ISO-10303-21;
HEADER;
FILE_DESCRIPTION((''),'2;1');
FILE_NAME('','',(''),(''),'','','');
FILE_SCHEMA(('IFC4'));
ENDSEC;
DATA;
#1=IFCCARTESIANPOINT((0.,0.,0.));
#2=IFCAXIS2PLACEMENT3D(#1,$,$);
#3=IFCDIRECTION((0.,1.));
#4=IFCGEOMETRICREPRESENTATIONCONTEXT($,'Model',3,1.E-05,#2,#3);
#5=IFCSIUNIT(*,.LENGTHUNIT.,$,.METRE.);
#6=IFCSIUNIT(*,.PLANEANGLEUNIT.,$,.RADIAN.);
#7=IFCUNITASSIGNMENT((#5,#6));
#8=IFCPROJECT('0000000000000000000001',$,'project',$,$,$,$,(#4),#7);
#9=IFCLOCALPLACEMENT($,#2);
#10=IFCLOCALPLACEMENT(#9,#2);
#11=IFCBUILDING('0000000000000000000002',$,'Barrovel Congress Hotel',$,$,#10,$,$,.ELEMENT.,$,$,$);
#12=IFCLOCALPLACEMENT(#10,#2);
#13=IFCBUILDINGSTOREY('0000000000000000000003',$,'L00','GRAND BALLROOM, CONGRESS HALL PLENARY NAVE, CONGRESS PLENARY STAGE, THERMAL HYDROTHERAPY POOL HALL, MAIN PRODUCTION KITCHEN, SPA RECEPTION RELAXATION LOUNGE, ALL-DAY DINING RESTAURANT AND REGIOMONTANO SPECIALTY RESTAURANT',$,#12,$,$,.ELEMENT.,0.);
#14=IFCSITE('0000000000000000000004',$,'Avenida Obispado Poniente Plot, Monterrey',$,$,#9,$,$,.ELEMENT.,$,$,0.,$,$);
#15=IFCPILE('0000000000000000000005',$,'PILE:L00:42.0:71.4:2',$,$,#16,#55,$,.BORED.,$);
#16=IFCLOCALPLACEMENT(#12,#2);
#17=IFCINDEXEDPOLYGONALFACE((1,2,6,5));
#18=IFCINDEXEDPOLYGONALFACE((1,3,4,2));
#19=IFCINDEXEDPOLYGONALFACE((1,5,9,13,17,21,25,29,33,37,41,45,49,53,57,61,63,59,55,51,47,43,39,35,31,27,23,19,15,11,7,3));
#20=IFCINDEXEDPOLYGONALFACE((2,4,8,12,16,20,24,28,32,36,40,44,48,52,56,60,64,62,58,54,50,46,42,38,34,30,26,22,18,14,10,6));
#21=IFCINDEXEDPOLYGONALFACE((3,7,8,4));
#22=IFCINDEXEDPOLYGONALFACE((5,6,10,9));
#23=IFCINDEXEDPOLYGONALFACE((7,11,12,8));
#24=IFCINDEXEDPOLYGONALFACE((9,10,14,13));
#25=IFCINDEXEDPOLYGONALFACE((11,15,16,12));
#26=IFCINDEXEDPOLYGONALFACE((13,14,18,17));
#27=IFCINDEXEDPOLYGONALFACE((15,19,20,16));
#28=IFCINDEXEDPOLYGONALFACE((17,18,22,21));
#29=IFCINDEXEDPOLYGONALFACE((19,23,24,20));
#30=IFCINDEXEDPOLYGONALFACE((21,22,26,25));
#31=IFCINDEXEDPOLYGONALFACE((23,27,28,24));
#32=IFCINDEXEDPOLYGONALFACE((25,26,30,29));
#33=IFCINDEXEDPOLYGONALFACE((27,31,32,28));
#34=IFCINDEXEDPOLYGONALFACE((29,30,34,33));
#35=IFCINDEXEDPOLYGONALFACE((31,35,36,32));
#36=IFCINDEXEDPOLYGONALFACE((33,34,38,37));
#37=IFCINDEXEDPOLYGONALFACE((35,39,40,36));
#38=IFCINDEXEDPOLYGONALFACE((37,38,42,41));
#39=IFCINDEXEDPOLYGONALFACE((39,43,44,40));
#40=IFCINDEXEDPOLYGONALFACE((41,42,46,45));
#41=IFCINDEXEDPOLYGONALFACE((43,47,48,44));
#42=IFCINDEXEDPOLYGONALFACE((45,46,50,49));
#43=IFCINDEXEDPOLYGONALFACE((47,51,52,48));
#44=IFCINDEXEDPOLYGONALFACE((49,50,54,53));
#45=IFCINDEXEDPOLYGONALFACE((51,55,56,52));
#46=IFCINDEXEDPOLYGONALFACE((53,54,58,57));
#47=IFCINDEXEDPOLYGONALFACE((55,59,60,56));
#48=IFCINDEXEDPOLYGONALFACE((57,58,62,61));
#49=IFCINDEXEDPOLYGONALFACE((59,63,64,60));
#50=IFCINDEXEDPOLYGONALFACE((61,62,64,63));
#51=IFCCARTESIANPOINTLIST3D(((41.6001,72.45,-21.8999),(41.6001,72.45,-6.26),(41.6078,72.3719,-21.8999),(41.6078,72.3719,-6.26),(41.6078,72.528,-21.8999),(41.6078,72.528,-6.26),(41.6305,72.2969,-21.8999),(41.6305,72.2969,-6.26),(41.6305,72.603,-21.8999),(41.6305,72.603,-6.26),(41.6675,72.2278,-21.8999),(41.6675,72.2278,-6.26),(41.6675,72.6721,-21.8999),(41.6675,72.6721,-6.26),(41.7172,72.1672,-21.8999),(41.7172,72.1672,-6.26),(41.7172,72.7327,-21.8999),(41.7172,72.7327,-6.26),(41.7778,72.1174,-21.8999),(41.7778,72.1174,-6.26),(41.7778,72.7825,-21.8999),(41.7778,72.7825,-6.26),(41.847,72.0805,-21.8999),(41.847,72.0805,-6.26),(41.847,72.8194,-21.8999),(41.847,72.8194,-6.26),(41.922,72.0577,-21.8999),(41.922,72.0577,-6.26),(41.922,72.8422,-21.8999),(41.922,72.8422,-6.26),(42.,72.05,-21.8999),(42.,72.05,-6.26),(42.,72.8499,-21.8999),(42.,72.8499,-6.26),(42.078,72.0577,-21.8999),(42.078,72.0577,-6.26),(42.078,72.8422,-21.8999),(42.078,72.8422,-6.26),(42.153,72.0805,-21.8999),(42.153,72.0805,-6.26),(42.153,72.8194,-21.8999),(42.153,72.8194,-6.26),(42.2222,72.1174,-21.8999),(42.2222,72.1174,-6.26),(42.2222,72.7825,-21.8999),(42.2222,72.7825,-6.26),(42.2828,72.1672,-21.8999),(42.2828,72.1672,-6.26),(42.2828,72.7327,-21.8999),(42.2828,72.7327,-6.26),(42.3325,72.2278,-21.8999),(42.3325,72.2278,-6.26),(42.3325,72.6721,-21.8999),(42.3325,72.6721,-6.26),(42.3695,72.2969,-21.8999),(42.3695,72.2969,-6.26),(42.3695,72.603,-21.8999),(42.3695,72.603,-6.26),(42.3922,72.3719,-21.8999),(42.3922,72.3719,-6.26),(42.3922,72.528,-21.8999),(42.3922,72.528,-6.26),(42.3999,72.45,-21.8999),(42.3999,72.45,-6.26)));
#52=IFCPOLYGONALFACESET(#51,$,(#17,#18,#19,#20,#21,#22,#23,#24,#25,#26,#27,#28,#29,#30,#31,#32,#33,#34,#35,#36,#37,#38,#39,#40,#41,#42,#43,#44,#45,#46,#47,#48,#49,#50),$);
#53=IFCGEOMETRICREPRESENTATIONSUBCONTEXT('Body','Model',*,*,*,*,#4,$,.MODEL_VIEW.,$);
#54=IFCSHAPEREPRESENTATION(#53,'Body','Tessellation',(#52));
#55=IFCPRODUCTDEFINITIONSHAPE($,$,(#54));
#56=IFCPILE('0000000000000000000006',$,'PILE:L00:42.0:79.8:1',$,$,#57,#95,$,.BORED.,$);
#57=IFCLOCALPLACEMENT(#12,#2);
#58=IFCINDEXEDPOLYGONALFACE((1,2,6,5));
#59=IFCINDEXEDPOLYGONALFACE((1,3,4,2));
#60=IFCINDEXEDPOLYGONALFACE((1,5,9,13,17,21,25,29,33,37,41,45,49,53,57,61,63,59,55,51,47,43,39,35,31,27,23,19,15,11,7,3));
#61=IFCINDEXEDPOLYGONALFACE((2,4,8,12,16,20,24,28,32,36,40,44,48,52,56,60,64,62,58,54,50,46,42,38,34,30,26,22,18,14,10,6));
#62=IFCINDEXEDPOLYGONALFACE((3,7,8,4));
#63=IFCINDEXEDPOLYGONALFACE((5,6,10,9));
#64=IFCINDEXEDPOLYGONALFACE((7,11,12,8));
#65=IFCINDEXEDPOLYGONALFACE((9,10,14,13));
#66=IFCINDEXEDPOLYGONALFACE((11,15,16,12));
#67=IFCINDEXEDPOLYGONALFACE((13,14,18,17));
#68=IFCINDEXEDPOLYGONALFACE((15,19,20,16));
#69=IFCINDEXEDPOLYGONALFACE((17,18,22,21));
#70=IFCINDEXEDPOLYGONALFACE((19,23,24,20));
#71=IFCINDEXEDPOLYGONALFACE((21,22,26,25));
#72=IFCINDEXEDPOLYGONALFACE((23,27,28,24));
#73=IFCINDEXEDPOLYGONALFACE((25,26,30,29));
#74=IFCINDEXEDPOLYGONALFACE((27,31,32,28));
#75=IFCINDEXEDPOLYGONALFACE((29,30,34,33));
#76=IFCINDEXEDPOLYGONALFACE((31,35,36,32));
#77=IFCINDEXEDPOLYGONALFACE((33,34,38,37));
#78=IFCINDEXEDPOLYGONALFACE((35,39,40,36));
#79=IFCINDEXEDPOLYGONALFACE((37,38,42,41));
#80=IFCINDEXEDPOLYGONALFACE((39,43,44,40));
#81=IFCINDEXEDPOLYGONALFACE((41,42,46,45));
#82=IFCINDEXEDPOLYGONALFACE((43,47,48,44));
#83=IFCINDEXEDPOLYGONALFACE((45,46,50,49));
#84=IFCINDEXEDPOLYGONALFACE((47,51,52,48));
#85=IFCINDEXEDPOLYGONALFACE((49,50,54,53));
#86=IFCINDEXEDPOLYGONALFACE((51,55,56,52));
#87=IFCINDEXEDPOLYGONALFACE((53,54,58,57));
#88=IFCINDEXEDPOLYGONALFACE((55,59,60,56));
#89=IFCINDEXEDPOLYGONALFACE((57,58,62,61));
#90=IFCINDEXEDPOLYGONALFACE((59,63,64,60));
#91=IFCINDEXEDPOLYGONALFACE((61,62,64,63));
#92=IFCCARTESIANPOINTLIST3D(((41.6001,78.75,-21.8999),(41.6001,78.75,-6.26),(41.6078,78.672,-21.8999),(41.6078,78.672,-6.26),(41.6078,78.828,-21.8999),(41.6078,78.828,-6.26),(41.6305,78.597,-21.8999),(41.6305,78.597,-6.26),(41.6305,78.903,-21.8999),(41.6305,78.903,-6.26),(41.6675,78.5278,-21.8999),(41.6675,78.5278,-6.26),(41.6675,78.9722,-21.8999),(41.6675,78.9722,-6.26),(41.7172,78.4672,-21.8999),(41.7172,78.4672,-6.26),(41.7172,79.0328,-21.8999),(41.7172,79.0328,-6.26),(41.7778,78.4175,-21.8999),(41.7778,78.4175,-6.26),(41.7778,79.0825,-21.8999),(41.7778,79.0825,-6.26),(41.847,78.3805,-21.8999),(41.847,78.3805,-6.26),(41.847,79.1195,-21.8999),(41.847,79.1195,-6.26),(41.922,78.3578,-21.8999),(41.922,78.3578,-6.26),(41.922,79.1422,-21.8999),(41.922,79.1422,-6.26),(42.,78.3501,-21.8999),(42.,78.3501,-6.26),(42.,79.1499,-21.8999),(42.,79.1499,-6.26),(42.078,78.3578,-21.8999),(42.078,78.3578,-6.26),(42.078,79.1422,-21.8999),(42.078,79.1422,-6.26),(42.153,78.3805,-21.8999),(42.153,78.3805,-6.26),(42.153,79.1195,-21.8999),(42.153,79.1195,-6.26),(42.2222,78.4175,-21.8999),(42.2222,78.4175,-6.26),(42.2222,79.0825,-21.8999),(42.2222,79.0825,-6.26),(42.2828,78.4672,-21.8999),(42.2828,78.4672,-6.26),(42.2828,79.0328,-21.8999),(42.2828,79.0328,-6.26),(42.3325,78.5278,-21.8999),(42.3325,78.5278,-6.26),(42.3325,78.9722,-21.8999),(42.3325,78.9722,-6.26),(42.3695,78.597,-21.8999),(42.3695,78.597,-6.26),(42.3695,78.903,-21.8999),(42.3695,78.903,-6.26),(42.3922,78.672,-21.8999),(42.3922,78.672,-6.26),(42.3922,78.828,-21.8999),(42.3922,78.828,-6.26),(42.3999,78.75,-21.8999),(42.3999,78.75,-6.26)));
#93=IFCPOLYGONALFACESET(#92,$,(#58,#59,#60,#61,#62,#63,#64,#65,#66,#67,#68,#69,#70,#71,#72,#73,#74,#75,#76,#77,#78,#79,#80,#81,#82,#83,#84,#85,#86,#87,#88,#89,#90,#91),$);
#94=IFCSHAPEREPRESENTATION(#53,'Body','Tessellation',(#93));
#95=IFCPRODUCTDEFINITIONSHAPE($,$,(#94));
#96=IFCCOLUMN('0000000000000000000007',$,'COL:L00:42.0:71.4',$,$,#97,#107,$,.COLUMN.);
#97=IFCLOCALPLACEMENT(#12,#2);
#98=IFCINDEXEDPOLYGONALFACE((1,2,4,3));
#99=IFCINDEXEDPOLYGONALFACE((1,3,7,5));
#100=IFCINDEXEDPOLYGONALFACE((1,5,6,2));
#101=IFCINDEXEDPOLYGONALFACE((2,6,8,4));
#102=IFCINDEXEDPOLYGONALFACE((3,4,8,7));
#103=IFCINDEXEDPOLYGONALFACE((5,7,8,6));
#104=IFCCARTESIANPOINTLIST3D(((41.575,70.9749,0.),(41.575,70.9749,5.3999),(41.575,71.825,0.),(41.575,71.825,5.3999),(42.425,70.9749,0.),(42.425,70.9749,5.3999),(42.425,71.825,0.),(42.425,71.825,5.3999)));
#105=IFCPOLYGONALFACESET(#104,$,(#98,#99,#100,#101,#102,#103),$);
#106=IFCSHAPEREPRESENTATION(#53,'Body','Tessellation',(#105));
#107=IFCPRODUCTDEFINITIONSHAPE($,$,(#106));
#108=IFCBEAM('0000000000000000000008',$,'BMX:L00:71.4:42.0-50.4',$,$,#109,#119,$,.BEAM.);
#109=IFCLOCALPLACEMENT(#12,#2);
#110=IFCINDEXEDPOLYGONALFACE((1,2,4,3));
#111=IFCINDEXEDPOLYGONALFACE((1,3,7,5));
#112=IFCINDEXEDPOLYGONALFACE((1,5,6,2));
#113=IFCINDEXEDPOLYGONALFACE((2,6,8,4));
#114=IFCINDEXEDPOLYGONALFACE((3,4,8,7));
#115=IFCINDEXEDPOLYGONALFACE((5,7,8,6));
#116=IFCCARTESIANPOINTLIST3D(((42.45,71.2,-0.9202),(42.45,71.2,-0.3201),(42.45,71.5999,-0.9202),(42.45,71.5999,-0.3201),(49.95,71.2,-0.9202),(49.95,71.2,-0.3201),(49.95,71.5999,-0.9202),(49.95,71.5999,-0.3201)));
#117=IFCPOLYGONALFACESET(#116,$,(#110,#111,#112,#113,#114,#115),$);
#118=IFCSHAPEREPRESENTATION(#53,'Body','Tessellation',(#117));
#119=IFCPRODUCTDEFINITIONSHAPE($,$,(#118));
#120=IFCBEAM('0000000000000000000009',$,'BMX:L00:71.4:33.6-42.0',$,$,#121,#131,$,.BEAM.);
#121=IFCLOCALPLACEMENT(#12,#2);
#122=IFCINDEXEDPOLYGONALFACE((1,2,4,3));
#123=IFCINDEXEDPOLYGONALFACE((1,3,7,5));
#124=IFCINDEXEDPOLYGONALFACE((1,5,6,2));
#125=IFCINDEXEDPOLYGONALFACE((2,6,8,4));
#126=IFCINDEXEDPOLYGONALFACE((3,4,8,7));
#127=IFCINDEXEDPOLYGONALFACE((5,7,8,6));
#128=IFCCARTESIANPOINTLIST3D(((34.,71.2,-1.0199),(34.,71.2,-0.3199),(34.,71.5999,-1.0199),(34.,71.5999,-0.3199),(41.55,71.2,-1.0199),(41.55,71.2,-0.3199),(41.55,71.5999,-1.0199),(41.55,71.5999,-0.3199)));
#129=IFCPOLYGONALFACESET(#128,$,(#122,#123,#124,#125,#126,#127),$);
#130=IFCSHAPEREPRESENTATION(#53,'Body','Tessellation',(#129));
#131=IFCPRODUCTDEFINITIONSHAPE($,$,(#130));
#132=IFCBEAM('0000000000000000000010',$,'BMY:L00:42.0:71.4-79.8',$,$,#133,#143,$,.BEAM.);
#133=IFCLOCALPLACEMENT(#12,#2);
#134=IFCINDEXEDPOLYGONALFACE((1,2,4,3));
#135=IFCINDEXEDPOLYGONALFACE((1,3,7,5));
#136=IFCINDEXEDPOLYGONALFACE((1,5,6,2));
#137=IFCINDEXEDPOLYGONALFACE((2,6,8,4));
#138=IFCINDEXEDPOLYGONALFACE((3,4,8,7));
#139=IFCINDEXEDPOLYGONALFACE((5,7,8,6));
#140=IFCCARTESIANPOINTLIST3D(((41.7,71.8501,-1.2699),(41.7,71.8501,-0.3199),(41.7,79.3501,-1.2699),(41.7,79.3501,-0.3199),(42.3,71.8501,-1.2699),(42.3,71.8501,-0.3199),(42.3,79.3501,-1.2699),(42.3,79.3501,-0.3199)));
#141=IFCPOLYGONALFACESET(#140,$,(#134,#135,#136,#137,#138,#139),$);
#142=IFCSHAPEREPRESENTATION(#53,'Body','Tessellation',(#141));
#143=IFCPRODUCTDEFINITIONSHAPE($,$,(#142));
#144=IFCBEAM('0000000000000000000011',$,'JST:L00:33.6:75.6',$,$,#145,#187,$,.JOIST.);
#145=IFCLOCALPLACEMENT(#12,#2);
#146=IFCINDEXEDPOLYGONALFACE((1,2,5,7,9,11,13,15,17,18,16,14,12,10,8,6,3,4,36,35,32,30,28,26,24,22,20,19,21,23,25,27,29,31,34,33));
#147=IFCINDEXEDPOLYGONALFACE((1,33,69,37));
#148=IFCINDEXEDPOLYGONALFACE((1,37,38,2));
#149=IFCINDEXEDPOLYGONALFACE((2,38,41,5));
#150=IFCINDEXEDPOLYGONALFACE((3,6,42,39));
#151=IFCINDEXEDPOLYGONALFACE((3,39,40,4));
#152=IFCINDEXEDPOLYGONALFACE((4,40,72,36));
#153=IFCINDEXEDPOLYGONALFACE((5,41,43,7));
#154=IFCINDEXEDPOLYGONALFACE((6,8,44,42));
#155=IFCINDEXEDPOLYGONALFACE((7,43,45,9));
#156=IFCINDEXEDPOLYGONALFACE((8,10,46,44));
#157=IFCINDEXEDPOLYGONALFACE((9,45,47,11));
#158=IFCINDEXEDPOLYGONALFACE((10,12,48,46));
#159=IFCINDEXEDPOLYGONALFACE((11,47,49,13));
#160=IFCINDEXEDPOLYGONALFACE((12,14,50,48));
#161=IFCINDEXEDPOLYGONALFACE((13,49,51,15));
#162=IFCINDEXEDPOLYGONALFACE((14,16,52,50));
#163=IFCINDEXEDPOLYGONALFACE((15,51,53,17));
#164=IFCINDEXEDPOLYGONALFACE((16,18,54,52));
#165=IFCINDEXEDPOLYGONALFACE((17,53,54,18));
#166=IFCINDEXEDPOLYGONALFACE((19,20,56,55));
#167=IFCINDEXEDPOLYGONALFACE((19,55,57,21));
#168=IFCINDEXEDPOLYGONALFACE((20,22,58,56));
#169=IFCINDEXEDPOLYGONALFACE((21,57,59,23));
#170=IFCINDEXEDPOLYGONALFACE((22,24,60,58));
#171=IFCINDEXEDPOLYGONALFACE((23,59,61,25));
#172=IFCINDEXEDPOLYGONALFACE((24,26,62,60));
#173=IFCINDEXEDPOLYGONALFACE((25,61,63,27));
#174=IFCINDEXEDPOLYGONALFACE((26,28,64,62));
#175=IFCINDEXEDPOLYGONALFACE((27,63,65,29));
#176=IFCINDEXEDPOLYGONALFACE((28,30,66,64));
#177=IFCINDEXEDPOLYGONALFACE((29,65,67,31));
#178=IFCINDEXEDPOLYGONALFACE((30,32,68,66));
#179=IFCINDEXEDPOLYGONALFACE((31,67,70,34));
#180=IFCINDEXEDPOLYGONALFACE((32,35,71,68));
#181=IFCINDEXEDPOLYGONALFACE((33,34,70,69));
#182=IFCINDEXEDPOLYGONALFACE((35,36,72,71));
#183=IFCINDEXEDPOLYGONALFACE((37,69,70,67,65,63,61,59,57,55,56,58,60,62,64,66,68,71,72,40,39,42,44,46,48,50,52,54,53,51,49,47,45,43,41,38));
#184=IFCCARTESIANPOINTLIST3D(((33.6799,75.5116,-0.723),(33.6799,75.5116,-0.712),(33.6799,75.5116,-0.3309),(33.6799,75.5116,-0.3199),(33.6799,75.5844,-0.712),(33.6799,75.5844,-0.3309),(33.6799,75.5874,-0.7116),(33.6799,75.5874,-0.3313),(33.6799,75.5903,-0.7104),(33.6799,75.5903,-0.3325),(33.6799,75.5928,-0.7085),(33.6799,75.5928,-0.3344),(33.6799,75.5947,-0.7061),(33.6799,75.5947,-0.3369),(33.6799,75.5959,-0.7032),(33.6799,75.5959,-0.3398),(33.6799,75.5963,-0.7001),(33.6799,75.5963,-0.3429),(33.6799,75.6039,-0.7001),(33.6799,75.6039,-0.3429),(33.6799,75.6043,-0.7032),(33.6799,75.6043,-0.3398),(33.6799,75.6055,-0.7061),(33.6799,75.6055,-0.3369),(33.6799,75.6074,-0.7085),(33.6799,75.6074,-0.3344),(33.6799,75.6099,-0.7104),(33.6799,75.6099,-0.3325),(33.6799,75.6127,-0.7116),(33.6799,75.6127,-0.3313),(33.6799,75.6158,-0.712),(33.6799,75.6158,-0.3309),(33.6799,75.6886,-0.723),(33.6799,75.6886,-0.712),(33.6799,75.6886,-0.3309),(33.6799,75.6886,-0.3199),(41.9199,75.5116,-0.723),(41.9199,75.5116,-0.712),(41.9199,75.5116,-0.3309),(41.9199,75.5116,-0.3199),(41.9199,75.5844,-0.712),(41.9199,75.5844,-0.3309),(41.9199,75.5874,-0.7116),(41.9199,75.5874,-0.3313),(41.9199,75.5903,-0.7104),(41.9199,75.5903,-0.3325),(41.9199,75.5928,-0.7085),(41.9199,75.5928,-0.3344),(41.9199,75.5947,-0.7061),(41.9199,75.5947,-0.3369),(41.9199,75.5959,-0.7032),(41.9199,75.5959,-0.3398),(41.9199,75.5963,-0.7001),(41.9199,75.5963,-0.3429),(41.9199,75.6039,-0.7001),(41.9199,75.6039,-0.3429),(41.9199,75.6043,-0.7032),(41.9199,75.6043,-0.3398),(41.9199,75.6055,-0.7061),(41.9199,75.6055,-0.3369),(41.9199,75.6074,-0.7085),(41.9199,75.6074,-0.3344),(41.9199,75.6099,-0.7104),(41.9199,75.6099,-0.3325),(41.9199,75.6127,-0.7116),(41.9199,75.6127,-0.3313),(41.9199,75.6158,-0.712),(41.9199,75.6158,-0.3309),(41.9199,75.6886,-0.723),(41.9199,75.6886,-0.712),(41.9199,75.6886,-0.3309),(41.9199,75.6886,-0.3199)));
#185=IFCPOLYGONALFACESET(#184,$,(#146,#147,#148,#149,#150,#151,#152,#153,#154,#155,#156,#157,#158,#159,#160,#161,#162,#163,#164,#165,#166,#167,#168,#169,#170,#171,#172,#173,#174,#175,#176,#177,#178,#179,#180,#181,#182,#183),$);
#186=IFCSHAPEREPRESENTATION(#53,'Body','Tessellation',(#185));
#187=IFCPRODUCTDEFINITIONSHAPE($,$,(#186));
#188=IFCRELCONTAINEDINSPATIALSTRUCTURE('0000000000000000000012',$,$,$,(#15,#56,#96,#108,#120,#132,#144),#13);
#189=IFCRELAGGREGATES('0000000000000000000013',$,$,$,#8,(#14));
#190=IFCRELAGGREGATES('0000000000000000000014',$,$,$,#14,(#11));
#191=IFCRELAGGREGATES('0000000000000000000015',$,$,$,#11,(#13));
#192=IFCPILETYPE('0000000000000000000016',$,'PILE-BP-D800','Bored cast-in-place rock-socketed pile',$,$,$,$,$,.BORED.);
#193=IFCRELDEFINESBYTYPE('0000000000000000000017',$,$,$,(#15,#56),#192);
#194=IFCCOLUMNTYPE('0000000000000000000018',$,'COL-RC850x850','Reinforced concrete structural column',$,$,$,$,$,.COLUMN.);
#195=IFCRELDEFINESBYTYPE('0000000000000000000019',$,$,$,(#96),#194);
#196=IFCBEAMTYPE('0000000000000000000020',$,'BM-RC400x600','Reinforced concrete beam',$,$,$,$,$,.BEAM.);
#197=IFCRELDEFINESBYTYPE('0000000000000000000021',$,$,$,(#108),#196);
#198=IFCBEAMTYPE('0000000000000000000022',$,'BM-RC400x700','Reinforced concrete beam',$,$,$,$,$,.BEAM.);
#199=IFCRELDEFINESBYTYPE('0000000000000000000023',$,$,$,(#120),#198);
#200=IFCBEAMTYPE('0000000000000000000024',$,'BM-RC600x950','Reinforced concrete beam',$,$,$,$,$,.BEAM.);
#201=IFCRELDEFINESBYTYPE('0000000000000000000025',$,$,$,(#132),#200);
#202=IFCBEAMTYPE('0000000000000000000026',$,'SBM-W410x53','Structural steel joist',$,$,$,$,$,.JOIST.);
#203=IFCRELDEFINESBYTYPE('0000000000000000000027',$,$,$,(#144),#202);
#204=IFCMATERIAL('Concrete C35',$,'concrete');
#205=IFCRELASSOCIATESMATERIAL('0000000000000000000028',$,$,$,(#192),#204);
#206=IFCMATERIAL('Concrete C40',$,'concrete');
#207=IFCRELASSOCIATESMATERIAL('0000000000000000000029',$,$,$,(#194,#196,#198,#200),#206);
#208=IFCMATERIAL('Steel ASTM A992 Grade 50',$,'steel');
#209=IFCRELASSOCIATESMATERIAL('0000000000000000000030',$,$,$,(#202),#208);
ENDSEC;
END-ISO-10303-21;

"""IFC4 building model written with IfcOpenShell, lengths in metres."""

from ifc_helpers import new_model, si_unit, direction, frame, origin, origin_2d, place, context, subcontext, project, spatial, rectangle, circle, i_section, extrude, material, material_profile, profile_set, type_object, element, save


model = new_model("IFC4")

# Units and contexts
model_context = context("Model", 3, precision=1e-05, world=origin(), true_north=direction((0.0, 1.0)))
body_context = subcontext(model_context, "Body", "Model", "MODEL_VIEW")
ifc_project = project(units=[si_unit("LENGTHUNIT", "METRE"), si_unit("PLANEANGLEUNIT", "RADIAN")], contexts=[model_context])

# Site, building, storey
site_placement = place(None, origin())
site = spatial("IfcSite", under=ifc_project, at=site_placement, Name="Avenida Obispado Poniente Plot, Monterrey", CompositionType="ELEMENT", RefElevation=0.0)
building_placement = place(site_placement, origin())
building = spatial("IfcBuilding", under=site, at=building_placement, Name="Barrovel Congress Hotel", CompositionType="ELEMENT")
storey_placement = place(building_placement, origin())
storey = spatial("IfcBuildingStorey", under=building, at=storey_placement, Name="L00", Description="GRAND BALLROOM, CONGRESS HALL PLENARY NAVE, CONGRESS PLENARY STAGE, THERMAL HYDROTHERAPY POOL HALL, MAIN PRODUCTION KITCHEN, SPA RECEPTION RELAXATION LOUNGE, ALL-DAY DINING RESTAURANT AND REGIOMONTANO SPECIALTY RESTAURANT", CompositionType="ELEMENT", Elevation=0.0)

# Shared definitions
ifc_material_1 = material(Name="Concrete C40", Category="concrete")

# Piles
ifc_material_2 = material(Name="Concrete C35", Category="concrete")
ifc_material_profile_1 = material_profile(ifc_material_2, circle(Radius=0.3999, at=origin_2d()), Name="BP-D800")
ifc_profile_set_1 = profile_set([ifc_material_profile_1], Name="Concrete C35")
pile_type_1 = type_object("IfcPileType", Name="PILE-BP-D800", Description="Bored cast-in-place rock-socketed pile", PredefinedType="BORED", material=ifc_profile_set_1)
for number, where, z_axis, x_axis, name in (
    (1, (42.0, 72.45, -6.26), (0.0, 0.0, -1.0), (1.0, 0.0, 0.0), "PILE:L00:42.0:71.4:2"),
    (2, (42.0, 78.75, -6.26), (0.0, 0.0, -1.0), (1.0, 0.0, 0.0), "PILE:L00:42.0:79.8:1"),
):
    element("IfcPile", number, at=place(storey_placement, frame(where, z_axis=z_axis, x_axis=x_axis)), inside=storey, type_object=pile_type_1, Name=name, PredefinedType="BORED", context=body_context, shape_type="SweptSolid", body=[
        extrude(circle(Radius=0.3999, at=origin_2d()), origin(), (0.0, 0.0, 1.0), 15.6399),
    ])

# Column
ifc_material_profile_2 = material_profile(ifc_material_1, rectangle(XDim=0.8501, YDim=0.8501, at=origin_2d()), Name="RC850x850")
ifc_profile_set_2 = profile_set([ifc_material_profile_2], Name="Concrete C40")
column_type = type_object("IfcColumnType", Name="COL-RC850x850", Description="Reinforced concrete structural column", PredefinedType="COLUMN", material=ifc_profile_set_2)
column_placement = place(storey_placement, frame((42.0, 71.3999, 0.0), z_axis=(0.0, 0.0, 1.0), x_axis=(1.0, 0.0, 0.0)))
element("IfcColumn", 3, at=column_placement, inside=storey, type_object=column_type, Name="COL:L00:42.0:71.4", PredefinedType="COLUMN", context=body_context, shape_type="SweptSolid", body=[
    extrude(rectangle(XDim=0.8501, YDim=0.8501, at=origin_2d()), origin(), (0.0, 0.0, 1.0), 5.3999),
])

# Beams
ifc_material_profile_3 = material_profile(ifc_material_1, rectangle(XDim=0.3999, YDim=0.6001, at=origin_2d()), Name="RC400x600")
ifc_profile_set_3 = profile_set([ifc_material_profile_3], Name="Concrete C40")
beam_type_1 = type_object("IfcBeamType", Name="BM-RC400x600", Description="Reinforced concrete beam", PredefinedType="BEAM", material=ifc_profile_set_3)
beam_1_placement = place(storey_placement, frame((42.45, 71.3999, -0.6201), z_axis=(1.0, 0.0, 0.0), x_axis=(0.0, 1.0, 0.0)))
element("IfcBeam", 4, at=beam_1_placement, inside=storey, type_object=beam_type_1, Name="BMX:L00:71.4:42.0-50.4", PredefinedType="BEAM", context=body_context, shape_type="SweptSolid", body=[
    extrude(rectangle(XDim=0.3999, YDim=0.6001, at=origin_2d()), origin(), (0.0, 0.0, 1.0), 7.5),
])
ifc_material_profile_4 = material_profile(ifc_material_1, rectangle(XDim=0.3999, YDim=0.7, at=origin_2d()), Name="RC400x700")
ifc_profile_set_4 = profile_set([ifc_material_profile_4], Name="Concrete C40")
beam_type_2 = type_object("IfcBeamType", Name="BM-RC400x700", Description="Reinforced concrete beam", PredefinedType="BEAM", material=ifc_profile_set_4)
beam_2_placement = place(storey_placement, frame((34.0, 71.3999, -0.6699), z_axis=(1.0, 0.0, 0.0), x_axis=(0.0, 1.0, 0.0)))
element("IfcBeam", 5, at=beam_2_placement, inside=storey, type_object=beam_type_2, Name="BMX:L00:71.4:33.6-42.0", PredefinedType="BEAM", context=body_context, shape_type="SweptSolid", body=[
    extrude(rectangle(XDim=0.3999, YDim=0.7, at=origin_2d()), origin(), (0.0, 0.0, 1.0), 7.55),
])
ifc_material_profile_5 = material_profile(ifc_material_1, rectangle(XDim=0.6001, YDim=0.95, at=origin_2d()), Name="RC600x950")
ifc_profile_set_5 = profile_set([ifc_material_profile_5], Name="Concrete C40")
beam_type_3 = type_object("IfcBeamType", Name="BM-RC600x950", Description="Reinforced concrete beam", PredefinedType="BEAM", material=ifc_profile_set_5)
beam_3_placement = place(storey_placement, frame((42.0, 71.8501, -0.7949), z_axis=(0.0, 1.0, 0.0), x_axis=(-1.0, 0.0, 0.0)))
element("IfcBeam", 6, at=beam_3_placement, inside=storey, type_object=beam_type_3, Name="BMY:L00:42.0:71.4-79.8", PredefinedType="BEAM", context=body_context, shape_type="SweptSolid", body=[
    extrude(rectangle(XDim=0.6001, YDim=0.95, at=origin_2d()), origin(), (0.0, 0.0, 1.0), 7.5),
])
ifc_material_3 = material(Name="Steel ASTM A992 Grade 50", Category="steel")
ifc_material_profile_6 = material_profile(ifc_material_3, i_section(OverallWidth=0.177, OverallDepth=0.4031, WebThickness=0.0076, FlangeThickness=0.011, FilletRadius=0.012, at=origin_2d()), Name="W410x53")
ifc_profile_set_6 = profile_set([ifc_material_profile_6], Name="Steel ASTM A992 Grade 50")
beam_type_4 = type_object("IfcBeamType", Name="SBM-W410x53", Description="Structural steel joist", PredefinedType="JOIST", material=ifc_profile_set_6)
for number, where, z_axis, x_axis, name in (
    (7, (33.6799, 75.6001, -0.5215), (1.0, 0.0, 0.0), (0.0, 1.0, 0.0), "JST:L00:33.6:75.6"),
):
    element("IfcBeam", number, at=place(storey_placement, frame(where, z_axis=z_axis, x_axis=x_axis)), inside=storey, type_object=beam_type_4, Name=name, PredefinedType="JOIST", context=body_context, shape_type="SweptSolid", body=[
        extrude(i_section(OverallWidth=0.177, OverallDepth=0.4031, WebThickness=0.0076, FlangeThickness=0.011, FilletRadius=0.012, at=origin_2d()), origin(), (0.0, 0.0, 1.0), 8.24),
    ])

save(model, "model.ifc")
